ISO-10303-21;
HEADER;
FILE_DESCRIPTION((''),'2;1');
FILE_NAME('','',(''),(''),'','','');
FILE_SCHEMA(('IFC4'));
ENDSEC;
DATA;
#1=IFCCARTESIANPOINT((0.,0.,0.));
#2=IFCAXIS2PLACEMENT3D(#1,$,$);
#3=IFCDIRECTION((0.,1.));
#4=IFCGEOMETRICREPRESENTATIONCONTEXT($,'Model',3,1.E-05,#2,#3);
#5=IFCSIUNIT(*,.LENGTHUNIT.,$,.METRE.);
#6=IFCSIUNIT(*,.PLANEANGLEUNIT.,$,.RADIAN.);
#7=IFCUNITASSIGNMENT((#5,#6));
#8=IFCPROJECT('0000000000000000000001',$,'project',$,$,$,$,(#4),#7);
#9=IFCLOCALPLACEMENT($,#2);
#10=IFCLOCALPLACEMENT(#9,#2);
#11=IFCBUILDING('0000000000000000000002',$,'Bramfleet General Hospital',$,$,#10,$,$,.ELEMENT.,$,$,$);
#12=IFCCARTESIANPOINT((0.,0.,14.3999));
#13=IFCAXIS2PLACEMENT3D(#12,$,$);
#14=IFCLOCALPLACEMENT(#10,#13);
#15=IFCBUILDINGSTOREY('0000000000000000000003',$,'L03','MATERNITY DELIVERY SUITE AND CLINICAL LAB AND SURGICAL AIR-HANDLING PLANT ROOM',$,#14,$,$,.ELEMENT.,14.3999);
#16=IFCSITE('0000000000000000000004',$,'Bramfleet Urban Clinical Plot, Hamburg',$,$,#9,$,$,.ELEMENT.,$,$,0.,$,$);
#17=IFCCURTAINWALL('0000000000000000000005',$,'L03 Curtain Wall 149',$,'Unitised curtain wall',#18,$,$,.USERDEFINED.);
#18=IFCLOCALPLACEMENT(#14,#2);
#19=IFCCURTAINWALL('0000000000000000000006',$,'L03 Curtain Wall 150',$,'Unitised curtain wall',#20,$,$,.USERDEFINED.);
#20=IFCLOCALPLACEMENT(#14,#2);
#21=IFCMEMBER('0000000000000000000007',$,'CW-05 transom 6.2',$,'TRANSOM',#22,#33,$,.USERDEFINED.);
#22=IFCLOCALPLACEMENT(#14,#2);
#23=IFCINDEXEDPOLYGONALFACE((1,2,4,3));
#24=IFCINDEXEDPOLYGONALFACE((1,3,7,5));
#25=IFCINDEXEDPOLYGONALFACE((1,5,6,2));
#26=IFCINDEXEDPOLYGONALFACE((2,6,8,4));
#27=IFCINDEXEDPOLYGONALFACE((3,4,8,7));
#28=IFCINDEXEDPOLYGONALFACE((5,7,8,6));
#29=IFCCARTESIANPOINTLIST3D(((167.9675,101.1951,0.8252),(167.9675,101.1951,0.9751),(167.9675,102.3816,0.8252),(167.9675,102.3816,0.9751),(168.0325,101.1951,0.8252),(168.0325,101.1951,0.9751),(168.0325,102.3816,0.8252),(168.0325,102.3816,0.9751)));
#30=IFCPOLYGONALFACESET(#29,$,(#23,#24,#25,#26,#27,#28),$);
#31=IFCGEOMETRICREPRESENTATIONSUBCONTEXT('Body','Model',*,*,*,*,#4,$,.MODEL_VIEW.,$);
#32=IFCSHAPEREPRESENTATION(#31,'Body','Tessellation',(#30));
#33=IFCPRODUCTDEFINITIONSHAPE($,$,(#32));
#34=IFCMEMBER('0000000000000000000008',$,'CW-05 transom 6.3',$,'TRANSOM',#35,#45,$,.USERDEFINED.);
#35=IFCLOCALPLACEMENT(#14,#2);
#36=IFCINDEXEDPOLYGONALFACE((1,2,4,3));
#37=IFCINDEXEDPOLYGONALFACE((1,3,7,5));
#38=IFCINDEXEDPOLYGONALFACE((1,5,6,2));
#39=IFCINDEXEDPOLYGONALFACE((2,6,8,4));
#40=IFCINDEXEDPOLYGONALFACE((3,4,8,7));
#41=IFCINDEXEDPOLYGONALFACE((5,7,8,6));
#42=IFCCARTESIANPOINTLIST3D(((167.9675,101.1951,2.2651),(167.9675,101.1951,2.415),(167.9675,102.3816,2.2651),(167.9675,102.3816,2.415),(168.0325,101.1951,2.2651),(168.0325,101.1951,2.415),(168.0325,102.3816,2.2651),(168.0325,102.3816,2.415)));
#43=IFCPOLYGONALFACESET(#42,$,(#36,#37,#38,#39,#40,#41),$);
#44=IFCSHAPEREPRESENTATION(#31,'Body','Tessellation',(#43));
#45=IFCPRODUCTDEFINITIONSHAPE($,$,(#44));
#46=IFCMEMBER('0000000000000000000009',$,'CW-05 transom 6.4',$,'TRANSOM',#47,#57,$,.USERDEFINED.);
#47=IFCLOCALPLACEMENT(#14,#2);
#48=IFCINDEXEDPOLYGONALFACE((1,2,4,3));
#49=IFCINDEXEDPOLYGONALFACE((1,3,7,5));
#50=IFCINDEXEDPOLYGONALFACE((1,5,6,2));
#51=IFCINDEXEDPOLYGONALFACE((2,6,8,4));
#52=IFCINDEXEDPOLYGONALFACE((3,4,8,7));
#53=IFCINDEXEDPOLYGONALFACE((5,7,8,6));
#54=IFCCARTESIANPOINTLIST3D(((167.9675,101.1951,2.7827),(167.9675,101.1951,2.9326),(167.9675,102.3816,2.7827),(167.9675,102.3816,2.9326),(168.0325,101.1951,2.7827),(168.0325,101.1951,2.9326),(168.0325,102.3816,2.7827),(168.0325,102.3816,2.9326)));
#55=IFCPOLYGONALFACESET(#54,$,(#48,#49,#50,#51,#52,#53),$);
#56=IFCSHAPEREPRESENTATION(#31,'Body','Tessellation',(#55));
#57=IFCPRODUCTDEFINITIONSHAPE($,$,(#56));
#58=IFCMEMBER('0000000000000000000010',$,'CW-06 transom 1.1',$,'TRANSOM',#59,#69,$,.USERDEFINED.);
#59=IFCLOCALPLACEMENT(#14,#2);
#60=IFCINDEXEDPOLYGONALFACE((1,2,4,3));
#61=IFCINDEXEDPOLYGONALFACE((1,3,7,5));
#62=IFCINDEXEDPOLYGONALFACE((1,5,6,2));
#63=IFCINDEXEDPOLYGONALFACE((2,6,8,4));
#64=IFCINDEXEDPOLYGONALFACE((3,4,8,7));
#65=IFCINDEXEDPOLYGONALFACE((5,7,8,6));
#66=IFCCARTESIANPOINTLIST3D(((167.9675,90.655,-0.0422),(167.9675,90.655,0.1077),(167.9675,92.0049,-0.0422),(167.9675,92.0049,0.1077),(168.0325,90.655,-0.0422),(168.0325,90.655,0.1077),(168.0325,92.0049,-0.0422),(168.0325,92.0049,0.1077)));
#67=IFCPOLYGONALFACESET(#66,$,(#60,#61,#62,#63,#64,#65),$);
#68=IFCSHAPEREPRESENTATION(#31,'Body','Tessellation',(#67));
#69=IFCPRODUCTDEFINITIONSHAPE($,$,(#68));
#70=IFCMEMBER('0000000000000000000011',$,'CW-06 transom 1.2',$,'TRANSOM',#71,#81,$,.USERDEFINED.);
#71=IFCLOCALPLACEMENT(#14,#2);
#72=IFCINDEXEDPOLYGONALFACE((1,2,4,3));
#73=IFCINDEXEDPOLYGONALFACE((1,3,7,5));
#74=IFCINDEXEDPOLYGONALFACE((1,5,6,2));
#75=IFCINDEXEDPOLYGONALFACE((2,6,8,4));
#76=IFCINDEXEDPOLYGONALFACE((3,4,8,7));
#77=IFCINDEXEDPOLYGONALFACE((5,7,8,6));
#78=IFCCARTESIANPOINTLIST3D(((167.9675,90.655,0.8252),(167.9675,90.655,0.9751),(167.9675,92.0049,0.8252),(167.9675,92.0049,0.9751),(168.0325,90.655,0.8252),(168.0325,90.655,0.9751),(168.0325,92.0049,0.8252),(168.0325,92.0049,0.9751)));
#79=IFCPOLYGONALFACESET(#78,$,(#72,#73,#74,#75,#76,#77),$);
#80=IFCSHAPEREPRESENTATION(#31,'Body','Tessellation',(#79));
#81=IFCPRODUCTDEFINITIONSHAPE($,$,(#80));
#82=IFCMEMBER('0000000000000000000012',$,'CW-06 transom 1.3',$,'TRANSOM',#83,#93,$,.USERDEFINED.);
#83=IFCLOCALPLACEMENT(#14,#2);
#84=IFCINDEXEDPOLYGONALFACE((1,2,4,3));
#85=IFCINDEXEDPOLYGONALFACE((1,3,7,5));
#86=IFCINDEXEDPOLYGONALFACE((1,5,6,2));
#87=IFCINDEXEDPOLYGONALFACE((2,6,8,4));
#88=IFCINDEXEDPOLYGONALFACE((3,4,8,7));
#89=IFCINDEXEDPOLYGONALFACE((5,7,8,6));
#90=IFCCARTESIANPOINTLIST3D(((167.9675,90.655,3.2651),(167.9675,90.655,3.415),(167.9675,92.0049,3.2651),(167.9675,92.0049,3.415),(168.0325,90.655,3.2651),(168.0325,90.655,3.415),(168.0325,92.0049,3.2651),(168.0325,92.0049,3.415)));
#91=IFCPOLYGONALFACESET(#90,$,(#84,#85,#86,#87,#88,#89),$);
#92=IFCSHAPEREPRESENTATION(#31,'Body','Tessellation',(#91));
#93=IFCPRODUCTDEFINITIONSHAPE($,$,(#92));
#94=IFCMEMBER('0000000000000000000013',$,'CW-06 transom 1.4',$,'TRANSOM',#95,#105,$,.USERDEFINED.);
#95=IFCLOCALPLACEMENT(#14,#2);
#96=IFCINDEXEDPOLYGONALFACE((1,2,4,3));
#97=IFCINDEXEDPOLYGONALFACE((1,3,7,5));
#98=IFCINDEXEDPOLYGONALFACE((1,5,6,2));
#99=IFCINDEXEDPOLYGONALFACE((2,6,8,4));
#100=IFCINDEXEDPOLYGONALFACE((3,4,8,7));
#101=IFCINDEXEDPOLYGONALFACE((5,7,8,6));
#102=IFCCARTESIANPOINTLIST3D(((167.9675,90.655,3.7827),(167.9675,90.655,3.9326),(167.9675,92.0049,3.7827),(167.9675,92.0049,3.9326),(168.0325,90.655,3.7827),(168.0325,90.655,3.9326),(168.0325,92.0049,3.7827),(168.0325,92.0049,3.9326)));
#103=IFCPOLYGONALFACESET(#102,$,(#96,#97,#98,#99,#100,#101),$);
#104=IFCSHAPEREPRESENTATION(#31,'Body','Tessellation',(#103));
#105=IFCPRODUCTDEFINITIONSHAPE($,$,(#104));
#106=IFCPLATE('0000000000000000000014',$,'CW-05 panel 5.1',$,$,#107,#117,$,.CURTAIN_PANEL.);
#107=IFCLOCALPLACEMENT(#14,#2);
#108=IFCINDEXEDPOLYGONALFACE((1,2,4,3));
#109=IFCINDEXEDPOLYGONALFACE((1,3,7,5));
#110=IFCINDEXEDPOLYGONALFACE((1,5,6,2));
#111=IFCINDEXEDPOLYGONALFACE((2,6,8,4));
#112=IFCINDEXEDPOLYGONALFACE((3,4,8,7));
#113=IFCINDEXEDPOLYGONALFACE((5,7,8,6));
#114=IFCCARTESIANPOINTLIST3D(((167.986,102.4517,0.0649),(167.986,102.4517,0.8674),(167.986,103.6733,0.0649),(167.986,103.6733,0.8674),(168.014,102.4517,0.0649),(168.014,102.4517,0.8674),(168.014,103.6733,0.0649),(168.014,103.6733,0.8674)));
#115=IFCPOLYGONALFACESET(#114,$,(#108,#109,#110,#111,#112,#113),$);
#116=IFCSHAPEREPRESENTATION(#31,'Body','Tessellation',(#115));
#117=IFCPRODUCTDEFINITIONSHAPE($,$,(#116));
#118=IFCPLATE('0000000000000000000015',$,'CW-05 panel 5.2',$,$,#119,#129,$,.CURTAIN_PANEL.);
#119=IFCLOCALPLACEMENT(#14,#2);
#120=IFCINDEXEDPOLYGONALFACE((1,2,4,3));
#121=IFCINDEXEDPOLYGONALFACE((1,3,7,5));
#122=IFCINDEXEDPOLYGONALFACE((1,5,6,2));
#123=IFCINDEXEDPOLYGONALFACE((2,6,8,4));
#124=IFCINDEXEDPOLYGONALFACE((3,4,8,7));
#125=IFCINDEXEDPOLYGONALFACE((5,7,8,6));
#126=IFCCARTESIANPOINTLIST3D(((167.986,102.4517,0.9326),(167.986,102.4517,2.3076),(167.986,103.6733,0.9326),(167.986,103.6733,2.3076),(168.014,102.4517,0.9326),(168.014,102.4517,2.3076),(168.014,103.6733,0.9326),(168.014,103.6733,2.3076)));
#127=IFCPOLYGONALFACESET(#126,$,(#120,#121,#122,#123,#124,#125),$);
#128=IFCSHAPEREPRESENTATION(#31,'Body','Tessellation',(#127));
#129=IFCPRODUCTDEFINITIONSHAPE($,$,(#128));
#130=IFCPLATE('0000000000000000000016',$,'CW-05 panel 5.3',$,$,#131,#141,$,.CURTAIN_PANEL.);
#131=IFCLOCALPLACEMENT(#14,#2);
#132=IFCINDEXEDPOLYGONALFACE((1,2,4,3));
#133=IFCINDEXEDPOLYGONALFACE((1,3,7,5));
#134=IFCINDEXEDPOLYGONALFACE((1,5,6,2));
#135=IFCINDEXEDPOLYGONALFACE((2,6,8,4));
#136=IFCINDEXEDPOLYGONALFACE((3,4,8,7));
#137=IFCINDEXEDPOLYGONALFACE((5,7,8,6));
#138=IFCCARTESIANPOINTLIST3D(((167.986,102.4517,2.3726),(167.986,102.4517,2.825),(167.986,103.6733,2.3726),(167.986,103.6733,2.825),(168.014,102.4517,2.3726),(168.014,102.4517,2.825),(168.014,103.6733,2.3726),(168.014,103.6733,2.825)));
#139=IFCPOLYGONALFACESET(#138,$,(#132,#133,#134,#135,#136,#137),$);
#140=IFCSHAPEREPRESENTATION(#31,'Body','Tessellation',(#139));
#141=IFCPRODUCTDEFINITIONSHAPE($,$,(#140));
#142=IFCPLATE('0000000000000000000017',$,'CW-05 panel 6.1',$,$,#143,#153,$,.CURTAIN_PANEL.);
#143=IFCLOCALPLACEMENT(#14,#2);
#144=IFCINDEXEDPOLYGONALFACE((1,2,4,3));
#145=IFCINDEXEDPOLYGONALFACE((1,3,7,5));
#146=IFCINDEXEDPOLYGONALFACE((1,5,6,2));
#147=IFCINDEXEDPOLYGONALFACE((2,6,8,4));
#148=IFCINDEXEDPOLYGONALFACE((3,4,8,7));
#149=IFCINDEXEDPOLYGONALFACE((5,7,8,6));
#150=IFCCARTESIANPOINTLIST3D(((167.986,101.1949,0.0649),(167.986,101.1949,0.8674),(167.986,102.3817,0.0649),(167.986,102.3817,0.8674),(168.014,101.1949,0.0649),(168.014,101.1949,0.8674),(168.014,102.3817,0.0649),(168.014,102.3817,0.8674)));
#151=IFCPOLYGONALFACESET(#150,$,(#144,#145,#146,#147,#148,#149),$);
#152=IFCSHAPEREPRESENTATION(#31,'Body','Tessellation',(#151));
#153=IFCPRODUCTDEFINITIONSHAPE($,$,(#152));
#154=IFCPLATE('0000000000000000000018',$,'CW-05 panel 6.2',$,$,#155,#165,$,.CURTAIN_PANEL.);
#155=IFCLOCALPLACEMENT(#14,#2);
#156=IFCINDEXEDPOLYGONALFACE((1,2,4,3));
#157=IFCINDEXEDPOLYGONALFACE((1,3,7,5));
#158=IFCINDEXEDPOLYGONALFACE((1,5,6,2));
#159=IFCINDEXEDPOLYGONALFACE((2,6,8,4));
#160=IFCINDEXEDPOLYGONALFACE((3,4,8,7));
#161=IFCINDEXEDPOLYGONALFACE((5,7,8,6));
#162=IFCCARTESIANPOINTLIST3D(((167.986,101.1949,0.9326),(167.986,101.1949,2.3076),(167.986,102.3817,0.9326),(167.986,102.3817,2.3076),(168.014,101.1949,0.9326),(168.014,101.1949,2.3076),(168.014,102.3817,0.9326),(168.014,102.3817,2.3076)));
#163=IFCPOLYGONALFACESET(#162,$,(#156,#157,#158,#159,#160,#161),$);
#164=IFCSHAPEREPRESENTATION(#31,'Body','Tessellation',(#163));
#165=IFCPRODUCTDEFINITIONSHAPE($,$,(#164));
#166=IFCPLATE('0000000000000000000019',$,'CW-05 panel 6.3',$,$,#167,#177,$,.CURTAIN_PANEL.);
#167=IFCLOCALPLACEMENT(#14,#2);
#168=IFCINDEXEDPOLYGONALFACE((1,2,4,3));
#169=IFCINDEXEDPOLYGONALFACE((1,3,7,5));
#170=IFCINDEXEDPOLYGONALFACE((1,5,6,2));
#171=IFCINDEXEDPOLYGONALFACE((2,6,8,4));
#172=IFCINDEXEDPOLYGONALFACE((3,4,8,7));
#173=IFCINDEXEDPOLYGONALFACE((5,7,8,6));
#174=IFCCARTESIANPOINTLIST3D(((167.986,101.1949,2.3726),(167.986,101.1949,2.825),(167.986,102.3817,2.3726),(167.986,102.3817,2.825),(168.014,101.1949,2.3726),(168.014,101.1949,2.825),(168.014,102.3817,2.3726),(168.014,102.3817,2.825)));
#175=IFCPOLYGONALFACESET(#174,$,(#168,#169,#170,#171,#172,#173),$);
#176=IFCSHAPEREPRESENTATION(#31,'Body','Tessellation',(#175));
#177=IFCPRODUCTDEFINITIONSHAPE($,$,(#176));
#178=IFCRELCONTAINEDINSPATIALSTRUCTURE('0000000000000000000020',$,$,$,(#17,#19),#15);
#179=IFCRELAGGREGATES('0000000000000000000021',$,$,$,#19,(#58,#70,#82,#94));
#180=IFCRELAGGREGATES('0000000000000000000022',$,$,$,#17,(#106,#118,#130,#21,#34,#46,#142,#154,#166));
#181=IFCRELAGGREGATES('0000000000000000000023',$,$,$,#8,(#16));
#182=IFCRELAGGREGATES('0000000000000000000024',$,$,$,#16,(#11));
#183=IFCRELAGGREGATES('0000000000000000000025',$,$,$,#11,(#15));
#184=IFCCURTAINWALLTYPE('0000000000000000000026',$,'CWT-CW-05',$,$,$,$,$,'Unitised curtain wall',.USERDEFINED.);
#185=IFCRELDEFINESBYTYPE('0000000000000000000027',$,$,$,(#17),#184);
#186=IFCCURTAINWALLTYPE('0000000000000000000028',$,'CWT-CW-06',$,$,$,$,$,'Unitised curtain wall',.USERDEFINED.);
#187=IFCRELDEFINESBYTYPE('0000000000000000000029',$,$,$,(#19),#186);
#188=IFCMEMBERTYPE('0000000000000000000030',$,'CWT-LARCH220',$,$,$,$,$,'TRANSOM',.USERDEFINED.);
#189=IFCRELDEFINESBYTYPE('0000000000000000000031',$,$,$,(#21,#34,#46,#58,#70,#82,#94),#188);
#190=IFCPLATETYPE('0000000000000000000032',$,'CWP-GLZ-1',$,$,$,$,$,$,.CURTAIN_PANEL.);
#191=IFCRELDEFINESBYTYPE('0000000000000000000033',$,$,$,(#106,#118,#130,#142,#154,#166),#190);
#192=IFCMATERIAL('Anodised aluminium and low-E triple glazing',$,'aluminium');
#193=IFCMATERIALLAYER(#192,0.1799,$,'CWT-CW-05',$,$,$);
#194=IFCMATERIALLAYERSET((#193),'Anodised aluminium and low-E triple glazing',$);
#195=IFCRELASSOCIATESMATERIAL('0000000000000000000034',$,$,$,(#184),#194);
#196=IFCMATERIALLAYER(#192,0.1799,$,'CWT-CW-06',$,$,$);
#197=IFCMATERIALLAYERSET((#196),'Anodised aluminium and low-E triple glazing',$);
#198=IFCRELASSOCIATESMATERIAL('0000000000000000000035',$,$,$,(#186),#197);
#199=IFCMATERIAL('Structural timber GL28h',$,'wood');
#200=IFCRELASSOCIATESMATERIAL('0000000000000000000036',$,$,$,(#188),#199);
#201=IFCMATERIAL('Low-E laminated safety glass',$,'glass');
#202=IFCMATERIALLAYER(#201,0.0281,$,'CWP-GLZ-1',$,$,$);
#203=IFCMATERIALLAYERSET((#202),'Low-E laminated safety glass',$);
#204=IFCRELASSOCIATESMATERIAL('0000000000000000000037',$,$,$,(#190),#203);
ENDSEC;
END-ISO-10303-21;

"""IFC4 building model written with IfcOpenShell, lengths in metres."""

from ifc_helpers import new_model, si_unit, direction, frame, origin, origin_2d, place, context, subcontext, project, spatial, rectangle, extrude, material, layer, layer_set, material_profile, profile_set, type_object, element, aggregate, save


model = new_model("IFC4")

# Units and contexts
model_context = context("Model", 3, precision=1e-05, world=origin(), true_north=direction((0.0, 1.0)))
body_context = subcontext(model_context, "Body", "Model", "MODEL_VIEW")
ifc_project = project(units=[si_unit("LENGTHUNIT", "METRE"), si_unit("PLANEANGLEUNIT", "RADIAN")], contexts=[model_context])

# Site, building, storey
site_placement = place(None, origin())
site = spatial("IfcSite", under=ifc_project, at=site_placement, Name="Bramfleet Urban Clinical Plot, Hamburg", CompositionType="ELEMENT", RefElevation=0.0)
building_placement = place(site_placement, origin())
building = spatial("IfcBuilding", under=site, at=building_placement, Name="Bramfleet General Hospital", CompositionType="ELEMENT")
storey_placement = place(building_placement, frame((0.0, 0.0, 14.3999)))
storey = spatial("IfcBuildingStorey", under=building, at=storey_placement, Name="L03", Description="MATERNITY DELIVERY SUITE AND CLINICAL LAB AND SURGICAL AIR-HANDLING PLANT ROOM", CompositionType="ELEMENT", Elevation=14.3999)

# Curtain wall
ifc_material_1 = material(Name="Anodised aluminium and low-E triple glazing", Category="aluminium")
ifc_layer_1 = layer(ifc_material_1, 0.1799, Name="CWT-CW-05")
ifc_layer_set_1 = layer_set([ifc_layer_1], Name="Anodised aluminium and low-E triple glazing")
curtain_wall_type_1 = type_object("IfcCurtainWallType", Name="CWT-CW-05", ElementType="Unitised curtain wall", PredefinedType="USERDEFINED", material=ifc_layer_set_1)
curtain_wall_1_placement = place(storey_placement, origin())
curtain_wall_1 = element("IfcCurtainWall", 1, at=curtain_wall_1_placement, inside=storey, type_object=curtain_wall_type_1, Name="L03 Curtain Wall 149", ObjectType="Unitised curtain wall", PredefinedType="USERDEFINED")
ifc_material_2 = material(Name="Structural timber GL28h", Category="wood")

# Curtain wall
ifc_layer_2 = layer(ifc_material_1, 0.1799, Name="CWT-CW-06")
ifc_layer_set_2 = layer_set([ifc_layer_2], Name="Anodised aluminium and low-E triple glazing")
curtain_wall_type_2 = type_object("IfcCurtainWallType", Name="CWT-CW-06", ElementType="Unitised curtain wall", PredefinedType="USERDEFINED", material=ifc_layer_set_2)
curtain_wall_2_placement = place(storey_placement, origin())
curtain_wall_2 = element("IfcCurtainWall", 2, at=curtain_wall_2_placement, inside=storey, type_object=curtain_wall_type_2, Name="L03 Curtain Wall 150", ObjectType="Unitised curtain wall", PredefinedType="USERDEFINED")

# Members
ifc_material_profile_1 = material_profile(ifc_material_2, rectangle(XDim=0.0649, YDim=0.1499, at=origin_2d()), Name="LARCH 150x65")
ifc_profile_set_1 = profile_set([ifc_material_profile_1], Name="Structural timber GL28h")
member_type_1 = type_object("IfcMemberType", Name="CWT-LARCH220", ElementType="TRANSOM", PredefinedType="USERDEFINED", material=ifc_profile_set_1)
member_1_placement = place(storey_placement, frame((168.0, 102.3816, 0.9001), z_axis=(0.0, -1.0, 0.0), x_axis=(1.0, 0.0, 0.0)))
member_1 = element("IfcMember", 3, at=member_1_placement, type_object=member_type_1, Name="CW-05 transom 6.2", ObjectType="TRANSOM", PredefinedType="USERDEFINED", context=body_context, shape_type="SweptSolid", body=[
    extrude(rectangle(XDim=0.0649, YDim=0.1499, at=origin_2d()), origin(), (0.0, 0.0, 1.0), 1.1865),
])
member_2_placement = place(storey_placement, frame((168.0, 102.3816, 2.3401), z_axis=(0.0, -1.0, 0.0), x_axis=(1.0, 0.0, 0.0)))
member_2 = element("IfcMember", 4, at=member_2_placement, type_object=member_type_1, Name="CW-05 transom 6.3", ObjectType="TRANSOM", PredefinedType="USERDEFINED", context=body_context, shape_type="SweptSolid", body=[
    extrude(rectangle(XDim=0.0649, YDim=0.1499, at=origin_2d()), origin(), (0.0, 0.0, 1.0), 1.1865),
])
member_3_placement = place(storey_placement, frame((168.0, 102.3816, 2.8577), z_axis=(0.0, -1.0, 0.0), x_axis=(1.0, 0.0, 0.0)))
member_3 = element("IfcMember", 5, at=member_3_placement, type_object=member_type_1, Name="CW-05 transom 6.4", ObjectType="TRANSOM", PredefinedType="USERDEFINED", context=body_context, shape_type="SweptSolid", body=[
    extrude(rectangle(XDim=0.0649, YDim=0.1499, at=origin_2d()), origin(), (0.0, 0.0, 1.0), 1.1865),
])
member_4_placement = place(storey_placement, frame((168.0, 92.0049, 0.0327), z_axis=(0.0, -1.0, 0.0), x_axis=(1.0, 0.0, 0.0)))
member_4 = element("IfcMember", 6, at=member_4_placement, type_object=member_type_1, Name="CW-06 transom 1.1", ObjectType="TRANSOM", PredefinedType="USERDEFINED", context=body_context, shape_type="SweptSolid", body=[
    extrude(rectangle(XDim=0.0649, YDim=0.1499, at=origin_2d()), origin(), (0.0, 0.0, 1.0), 1.3499),
])
member_5_placement = place(storey_placement, frame((168.0, 92.0049, 0.9001), z_axis=(0.0, -1.0, 0.0), x_axis=(1.0, 0.0, 0.0)))
member_5 = element("IfcMember", 7, at=member_5_placement, type_object=member_type_1, Name="CW-06 transom 1.2", ObjectType="TRANSOM", PredefinedType="USERDEFINED", context=body_context, shape_type="SweptSolid", body=[
    extrude(rectangle(XDim=0.0649, YDim=0.1499, at=origin_2d()), origin(), (0.0, 0.0, 1.0), 1.3499),
])
member_6_placement = place(storey_placement, frame((168.0, 92.0049, 3.3401), z_axis=(0.0, -1.0, 0.0), x_axis=(1.0, 0.0, 0.0)))
member_6 = element("IfcMember", 8, at=member_6_placement, type_object=member_type_1, Name="CW-06 transom 1.3", ObjectType="TRANSOM", PredefinedType="USERDEFINED", context=body_context, shape_type="SweptSolid", body=[
    extrude(rectangle(XDim=0.0649, YDim=0.1499, at=origin_2d()), origin(), (0.0, 0.0, 1.0), 1.3499),
])
member_7_placement = place(storey_placement, frame((168.0, 92.0049, 3.8577), z_axis=(0.0, -1.0, 0.0), x_axis=(1.0, 0.0, 0.0)))
member_7 = element("IfcMember", 9, at=member_7_placement, type_object=member_type_1, Name="CW-06 transom 1.4", ObjectType="TRANSOM", PredefinedType="USERDEFINED", context=body_context, shape_type="SweptSolid", body=[
    extrude(rectangle(XDim=0.0649, YDim=0.1499, at=origin_2d()), origin(), (0.0, 0.0, 1.0), 1.3499),
])
aggregate(curtain_wall_2, [member_4, member_5, member_6, member_7])

# Plates
ifc_material_3 = material(Name="Low-E laminated safety glass", Category="glass")
ifc_layer_3 = layer(ifc_material_3, 0.0281, Name="CWP-GLZ-1")
ifc_layer_set_3 = layer_set([ifc_layer_3], Name="Low-E laminated safety glass")
plate_type = type_object("IfcPlateType", Name="CWP-GLZ-1", PredefinedType="CURTAIN_PANEL", material=ifc_layer_set_3)
plate_1_placement = place(storey_placement, frame((168.0, 103.0625, 0.0649), z_axis=(0.0, 0.0, 1.0), x_axis=(0.0, -1.0, 0.0)))
plate_1 = element("IfcPlate", 10, at=plate_1_placement, type_object=plate_type, Name="CW-05 panel 5.1", PredefinedType="CURTAIN_PANEL", context=body_context, shape_type="SweptSolid", body=[
    extrude(rectangle(XDim=1.2217, YDim=0.0281, at=origin_2d()), origin(), (0.0, 0.0, 1.0), 0.8025),
])
plate_2_placement = place(storey_placement, frame((168.0, 103.0625, 0.9326), z_axis=(0.0, 0.0, 1.0), x_axis=(0.0, -1.0, 0.0)))
plate_2 = element("IfcPlate", 11, at=plate_2_placement, type_object=plate_type, Name="CW-05 panel 5.2", PredefinedType="CURTAIN_PANEL", context=body_context, shape_type="SweptSolid", body=[
    extrude(rectangle(XDim=1.2217, YDim=0.0281, at=origin_2d()), origin(), (0.0, 0.0, 1.0), 1.375),
])
plate_3_placement = place(storey_placement, frame((168.0, 103.0625, 2.3726), z_axis=(0.0, 0.0, 1.0), x_axis=(0.0, -1.0, 0.0)))
plate_3 = element("IfcPlate", 12, at=plate_3_placement, type_object=plate_type, Name="CW-05 panel 5.3", PredefinedType="CURTAIN_PANEL", context=body_context, shape_type="SweptSolid", body=[
    extrude(rectangle(XDim=1.2217, YDim=0.0281, at=origin_2d()), origin(), (0.0, 0.0, 1.0), 0.4524),
])
plate_4_placement = place(storey_placement, frame((168.0, 101.7883, 0.0649), z_axis=(0.0, 0.0, 1.0), x_axis=(0.0, -1.0, 0.0)))
plate_4 = element("IfcPlate", 13, at=plate_4_placement, type_object=plate_type, Name="CW-05 panel 6.1", PredefinedType="CURTAIN_PANEL", context=body_context, shape_type="SweptSolid", body=[
    extrude(rectangle(XDim=1.1868, YDim=0.0281, at=origin_2d()), origin(), (0.0, 0.0, 1.0), 0.8025),
])
plate_5_placement = place(storey_placement, frame((168.0, 101.7883, 0.9326), z_axis=(0.0, 0.0, 1.0), x_axis=(0.0, -1.0, 0.0)))
plate_5 = element("IfcPlate", 14, at=plate_5_placement, type_object=plate_type, Name="CW-05 panel 6.2", PredefinedType="CURTAIN_PANEL", context=body_context, shape_type="SweptSolid", body=[
    extrude(rectangle(XDim=1.1868, YDim=0.0281, at=origin_2d()), origin(), (0.0, 0.0, 1.0), 1.375),
])
plate_6_placement = place(storey_placement, frame((168.0, 101.7883, 2.3726), z_axis=(0.0, 0.0, 1.0), x_axis=(0.0, -1.0, 0.0)))
plate_6 = element("IfcPlate", 15, at=plate_6_placement, type_object=plate_type, Name="CW-05 panel 6.3", PredefinedType="CURTAIN_PANEL", context=body_context, shape_type="SweptSolid", body=[
    extrude(rectangle(XDim=1.1868, YDim=0.0281, at=origin_2d()), origin(), (0.0, 0.0, 1.0), 0.4524),
])
aggregate(curtain_wall_1, [plate_1, plate_2, plate_3, member_1, member_2, member_3, plate_4, plate_5, plate_6])

save(model, "model.ifc")
